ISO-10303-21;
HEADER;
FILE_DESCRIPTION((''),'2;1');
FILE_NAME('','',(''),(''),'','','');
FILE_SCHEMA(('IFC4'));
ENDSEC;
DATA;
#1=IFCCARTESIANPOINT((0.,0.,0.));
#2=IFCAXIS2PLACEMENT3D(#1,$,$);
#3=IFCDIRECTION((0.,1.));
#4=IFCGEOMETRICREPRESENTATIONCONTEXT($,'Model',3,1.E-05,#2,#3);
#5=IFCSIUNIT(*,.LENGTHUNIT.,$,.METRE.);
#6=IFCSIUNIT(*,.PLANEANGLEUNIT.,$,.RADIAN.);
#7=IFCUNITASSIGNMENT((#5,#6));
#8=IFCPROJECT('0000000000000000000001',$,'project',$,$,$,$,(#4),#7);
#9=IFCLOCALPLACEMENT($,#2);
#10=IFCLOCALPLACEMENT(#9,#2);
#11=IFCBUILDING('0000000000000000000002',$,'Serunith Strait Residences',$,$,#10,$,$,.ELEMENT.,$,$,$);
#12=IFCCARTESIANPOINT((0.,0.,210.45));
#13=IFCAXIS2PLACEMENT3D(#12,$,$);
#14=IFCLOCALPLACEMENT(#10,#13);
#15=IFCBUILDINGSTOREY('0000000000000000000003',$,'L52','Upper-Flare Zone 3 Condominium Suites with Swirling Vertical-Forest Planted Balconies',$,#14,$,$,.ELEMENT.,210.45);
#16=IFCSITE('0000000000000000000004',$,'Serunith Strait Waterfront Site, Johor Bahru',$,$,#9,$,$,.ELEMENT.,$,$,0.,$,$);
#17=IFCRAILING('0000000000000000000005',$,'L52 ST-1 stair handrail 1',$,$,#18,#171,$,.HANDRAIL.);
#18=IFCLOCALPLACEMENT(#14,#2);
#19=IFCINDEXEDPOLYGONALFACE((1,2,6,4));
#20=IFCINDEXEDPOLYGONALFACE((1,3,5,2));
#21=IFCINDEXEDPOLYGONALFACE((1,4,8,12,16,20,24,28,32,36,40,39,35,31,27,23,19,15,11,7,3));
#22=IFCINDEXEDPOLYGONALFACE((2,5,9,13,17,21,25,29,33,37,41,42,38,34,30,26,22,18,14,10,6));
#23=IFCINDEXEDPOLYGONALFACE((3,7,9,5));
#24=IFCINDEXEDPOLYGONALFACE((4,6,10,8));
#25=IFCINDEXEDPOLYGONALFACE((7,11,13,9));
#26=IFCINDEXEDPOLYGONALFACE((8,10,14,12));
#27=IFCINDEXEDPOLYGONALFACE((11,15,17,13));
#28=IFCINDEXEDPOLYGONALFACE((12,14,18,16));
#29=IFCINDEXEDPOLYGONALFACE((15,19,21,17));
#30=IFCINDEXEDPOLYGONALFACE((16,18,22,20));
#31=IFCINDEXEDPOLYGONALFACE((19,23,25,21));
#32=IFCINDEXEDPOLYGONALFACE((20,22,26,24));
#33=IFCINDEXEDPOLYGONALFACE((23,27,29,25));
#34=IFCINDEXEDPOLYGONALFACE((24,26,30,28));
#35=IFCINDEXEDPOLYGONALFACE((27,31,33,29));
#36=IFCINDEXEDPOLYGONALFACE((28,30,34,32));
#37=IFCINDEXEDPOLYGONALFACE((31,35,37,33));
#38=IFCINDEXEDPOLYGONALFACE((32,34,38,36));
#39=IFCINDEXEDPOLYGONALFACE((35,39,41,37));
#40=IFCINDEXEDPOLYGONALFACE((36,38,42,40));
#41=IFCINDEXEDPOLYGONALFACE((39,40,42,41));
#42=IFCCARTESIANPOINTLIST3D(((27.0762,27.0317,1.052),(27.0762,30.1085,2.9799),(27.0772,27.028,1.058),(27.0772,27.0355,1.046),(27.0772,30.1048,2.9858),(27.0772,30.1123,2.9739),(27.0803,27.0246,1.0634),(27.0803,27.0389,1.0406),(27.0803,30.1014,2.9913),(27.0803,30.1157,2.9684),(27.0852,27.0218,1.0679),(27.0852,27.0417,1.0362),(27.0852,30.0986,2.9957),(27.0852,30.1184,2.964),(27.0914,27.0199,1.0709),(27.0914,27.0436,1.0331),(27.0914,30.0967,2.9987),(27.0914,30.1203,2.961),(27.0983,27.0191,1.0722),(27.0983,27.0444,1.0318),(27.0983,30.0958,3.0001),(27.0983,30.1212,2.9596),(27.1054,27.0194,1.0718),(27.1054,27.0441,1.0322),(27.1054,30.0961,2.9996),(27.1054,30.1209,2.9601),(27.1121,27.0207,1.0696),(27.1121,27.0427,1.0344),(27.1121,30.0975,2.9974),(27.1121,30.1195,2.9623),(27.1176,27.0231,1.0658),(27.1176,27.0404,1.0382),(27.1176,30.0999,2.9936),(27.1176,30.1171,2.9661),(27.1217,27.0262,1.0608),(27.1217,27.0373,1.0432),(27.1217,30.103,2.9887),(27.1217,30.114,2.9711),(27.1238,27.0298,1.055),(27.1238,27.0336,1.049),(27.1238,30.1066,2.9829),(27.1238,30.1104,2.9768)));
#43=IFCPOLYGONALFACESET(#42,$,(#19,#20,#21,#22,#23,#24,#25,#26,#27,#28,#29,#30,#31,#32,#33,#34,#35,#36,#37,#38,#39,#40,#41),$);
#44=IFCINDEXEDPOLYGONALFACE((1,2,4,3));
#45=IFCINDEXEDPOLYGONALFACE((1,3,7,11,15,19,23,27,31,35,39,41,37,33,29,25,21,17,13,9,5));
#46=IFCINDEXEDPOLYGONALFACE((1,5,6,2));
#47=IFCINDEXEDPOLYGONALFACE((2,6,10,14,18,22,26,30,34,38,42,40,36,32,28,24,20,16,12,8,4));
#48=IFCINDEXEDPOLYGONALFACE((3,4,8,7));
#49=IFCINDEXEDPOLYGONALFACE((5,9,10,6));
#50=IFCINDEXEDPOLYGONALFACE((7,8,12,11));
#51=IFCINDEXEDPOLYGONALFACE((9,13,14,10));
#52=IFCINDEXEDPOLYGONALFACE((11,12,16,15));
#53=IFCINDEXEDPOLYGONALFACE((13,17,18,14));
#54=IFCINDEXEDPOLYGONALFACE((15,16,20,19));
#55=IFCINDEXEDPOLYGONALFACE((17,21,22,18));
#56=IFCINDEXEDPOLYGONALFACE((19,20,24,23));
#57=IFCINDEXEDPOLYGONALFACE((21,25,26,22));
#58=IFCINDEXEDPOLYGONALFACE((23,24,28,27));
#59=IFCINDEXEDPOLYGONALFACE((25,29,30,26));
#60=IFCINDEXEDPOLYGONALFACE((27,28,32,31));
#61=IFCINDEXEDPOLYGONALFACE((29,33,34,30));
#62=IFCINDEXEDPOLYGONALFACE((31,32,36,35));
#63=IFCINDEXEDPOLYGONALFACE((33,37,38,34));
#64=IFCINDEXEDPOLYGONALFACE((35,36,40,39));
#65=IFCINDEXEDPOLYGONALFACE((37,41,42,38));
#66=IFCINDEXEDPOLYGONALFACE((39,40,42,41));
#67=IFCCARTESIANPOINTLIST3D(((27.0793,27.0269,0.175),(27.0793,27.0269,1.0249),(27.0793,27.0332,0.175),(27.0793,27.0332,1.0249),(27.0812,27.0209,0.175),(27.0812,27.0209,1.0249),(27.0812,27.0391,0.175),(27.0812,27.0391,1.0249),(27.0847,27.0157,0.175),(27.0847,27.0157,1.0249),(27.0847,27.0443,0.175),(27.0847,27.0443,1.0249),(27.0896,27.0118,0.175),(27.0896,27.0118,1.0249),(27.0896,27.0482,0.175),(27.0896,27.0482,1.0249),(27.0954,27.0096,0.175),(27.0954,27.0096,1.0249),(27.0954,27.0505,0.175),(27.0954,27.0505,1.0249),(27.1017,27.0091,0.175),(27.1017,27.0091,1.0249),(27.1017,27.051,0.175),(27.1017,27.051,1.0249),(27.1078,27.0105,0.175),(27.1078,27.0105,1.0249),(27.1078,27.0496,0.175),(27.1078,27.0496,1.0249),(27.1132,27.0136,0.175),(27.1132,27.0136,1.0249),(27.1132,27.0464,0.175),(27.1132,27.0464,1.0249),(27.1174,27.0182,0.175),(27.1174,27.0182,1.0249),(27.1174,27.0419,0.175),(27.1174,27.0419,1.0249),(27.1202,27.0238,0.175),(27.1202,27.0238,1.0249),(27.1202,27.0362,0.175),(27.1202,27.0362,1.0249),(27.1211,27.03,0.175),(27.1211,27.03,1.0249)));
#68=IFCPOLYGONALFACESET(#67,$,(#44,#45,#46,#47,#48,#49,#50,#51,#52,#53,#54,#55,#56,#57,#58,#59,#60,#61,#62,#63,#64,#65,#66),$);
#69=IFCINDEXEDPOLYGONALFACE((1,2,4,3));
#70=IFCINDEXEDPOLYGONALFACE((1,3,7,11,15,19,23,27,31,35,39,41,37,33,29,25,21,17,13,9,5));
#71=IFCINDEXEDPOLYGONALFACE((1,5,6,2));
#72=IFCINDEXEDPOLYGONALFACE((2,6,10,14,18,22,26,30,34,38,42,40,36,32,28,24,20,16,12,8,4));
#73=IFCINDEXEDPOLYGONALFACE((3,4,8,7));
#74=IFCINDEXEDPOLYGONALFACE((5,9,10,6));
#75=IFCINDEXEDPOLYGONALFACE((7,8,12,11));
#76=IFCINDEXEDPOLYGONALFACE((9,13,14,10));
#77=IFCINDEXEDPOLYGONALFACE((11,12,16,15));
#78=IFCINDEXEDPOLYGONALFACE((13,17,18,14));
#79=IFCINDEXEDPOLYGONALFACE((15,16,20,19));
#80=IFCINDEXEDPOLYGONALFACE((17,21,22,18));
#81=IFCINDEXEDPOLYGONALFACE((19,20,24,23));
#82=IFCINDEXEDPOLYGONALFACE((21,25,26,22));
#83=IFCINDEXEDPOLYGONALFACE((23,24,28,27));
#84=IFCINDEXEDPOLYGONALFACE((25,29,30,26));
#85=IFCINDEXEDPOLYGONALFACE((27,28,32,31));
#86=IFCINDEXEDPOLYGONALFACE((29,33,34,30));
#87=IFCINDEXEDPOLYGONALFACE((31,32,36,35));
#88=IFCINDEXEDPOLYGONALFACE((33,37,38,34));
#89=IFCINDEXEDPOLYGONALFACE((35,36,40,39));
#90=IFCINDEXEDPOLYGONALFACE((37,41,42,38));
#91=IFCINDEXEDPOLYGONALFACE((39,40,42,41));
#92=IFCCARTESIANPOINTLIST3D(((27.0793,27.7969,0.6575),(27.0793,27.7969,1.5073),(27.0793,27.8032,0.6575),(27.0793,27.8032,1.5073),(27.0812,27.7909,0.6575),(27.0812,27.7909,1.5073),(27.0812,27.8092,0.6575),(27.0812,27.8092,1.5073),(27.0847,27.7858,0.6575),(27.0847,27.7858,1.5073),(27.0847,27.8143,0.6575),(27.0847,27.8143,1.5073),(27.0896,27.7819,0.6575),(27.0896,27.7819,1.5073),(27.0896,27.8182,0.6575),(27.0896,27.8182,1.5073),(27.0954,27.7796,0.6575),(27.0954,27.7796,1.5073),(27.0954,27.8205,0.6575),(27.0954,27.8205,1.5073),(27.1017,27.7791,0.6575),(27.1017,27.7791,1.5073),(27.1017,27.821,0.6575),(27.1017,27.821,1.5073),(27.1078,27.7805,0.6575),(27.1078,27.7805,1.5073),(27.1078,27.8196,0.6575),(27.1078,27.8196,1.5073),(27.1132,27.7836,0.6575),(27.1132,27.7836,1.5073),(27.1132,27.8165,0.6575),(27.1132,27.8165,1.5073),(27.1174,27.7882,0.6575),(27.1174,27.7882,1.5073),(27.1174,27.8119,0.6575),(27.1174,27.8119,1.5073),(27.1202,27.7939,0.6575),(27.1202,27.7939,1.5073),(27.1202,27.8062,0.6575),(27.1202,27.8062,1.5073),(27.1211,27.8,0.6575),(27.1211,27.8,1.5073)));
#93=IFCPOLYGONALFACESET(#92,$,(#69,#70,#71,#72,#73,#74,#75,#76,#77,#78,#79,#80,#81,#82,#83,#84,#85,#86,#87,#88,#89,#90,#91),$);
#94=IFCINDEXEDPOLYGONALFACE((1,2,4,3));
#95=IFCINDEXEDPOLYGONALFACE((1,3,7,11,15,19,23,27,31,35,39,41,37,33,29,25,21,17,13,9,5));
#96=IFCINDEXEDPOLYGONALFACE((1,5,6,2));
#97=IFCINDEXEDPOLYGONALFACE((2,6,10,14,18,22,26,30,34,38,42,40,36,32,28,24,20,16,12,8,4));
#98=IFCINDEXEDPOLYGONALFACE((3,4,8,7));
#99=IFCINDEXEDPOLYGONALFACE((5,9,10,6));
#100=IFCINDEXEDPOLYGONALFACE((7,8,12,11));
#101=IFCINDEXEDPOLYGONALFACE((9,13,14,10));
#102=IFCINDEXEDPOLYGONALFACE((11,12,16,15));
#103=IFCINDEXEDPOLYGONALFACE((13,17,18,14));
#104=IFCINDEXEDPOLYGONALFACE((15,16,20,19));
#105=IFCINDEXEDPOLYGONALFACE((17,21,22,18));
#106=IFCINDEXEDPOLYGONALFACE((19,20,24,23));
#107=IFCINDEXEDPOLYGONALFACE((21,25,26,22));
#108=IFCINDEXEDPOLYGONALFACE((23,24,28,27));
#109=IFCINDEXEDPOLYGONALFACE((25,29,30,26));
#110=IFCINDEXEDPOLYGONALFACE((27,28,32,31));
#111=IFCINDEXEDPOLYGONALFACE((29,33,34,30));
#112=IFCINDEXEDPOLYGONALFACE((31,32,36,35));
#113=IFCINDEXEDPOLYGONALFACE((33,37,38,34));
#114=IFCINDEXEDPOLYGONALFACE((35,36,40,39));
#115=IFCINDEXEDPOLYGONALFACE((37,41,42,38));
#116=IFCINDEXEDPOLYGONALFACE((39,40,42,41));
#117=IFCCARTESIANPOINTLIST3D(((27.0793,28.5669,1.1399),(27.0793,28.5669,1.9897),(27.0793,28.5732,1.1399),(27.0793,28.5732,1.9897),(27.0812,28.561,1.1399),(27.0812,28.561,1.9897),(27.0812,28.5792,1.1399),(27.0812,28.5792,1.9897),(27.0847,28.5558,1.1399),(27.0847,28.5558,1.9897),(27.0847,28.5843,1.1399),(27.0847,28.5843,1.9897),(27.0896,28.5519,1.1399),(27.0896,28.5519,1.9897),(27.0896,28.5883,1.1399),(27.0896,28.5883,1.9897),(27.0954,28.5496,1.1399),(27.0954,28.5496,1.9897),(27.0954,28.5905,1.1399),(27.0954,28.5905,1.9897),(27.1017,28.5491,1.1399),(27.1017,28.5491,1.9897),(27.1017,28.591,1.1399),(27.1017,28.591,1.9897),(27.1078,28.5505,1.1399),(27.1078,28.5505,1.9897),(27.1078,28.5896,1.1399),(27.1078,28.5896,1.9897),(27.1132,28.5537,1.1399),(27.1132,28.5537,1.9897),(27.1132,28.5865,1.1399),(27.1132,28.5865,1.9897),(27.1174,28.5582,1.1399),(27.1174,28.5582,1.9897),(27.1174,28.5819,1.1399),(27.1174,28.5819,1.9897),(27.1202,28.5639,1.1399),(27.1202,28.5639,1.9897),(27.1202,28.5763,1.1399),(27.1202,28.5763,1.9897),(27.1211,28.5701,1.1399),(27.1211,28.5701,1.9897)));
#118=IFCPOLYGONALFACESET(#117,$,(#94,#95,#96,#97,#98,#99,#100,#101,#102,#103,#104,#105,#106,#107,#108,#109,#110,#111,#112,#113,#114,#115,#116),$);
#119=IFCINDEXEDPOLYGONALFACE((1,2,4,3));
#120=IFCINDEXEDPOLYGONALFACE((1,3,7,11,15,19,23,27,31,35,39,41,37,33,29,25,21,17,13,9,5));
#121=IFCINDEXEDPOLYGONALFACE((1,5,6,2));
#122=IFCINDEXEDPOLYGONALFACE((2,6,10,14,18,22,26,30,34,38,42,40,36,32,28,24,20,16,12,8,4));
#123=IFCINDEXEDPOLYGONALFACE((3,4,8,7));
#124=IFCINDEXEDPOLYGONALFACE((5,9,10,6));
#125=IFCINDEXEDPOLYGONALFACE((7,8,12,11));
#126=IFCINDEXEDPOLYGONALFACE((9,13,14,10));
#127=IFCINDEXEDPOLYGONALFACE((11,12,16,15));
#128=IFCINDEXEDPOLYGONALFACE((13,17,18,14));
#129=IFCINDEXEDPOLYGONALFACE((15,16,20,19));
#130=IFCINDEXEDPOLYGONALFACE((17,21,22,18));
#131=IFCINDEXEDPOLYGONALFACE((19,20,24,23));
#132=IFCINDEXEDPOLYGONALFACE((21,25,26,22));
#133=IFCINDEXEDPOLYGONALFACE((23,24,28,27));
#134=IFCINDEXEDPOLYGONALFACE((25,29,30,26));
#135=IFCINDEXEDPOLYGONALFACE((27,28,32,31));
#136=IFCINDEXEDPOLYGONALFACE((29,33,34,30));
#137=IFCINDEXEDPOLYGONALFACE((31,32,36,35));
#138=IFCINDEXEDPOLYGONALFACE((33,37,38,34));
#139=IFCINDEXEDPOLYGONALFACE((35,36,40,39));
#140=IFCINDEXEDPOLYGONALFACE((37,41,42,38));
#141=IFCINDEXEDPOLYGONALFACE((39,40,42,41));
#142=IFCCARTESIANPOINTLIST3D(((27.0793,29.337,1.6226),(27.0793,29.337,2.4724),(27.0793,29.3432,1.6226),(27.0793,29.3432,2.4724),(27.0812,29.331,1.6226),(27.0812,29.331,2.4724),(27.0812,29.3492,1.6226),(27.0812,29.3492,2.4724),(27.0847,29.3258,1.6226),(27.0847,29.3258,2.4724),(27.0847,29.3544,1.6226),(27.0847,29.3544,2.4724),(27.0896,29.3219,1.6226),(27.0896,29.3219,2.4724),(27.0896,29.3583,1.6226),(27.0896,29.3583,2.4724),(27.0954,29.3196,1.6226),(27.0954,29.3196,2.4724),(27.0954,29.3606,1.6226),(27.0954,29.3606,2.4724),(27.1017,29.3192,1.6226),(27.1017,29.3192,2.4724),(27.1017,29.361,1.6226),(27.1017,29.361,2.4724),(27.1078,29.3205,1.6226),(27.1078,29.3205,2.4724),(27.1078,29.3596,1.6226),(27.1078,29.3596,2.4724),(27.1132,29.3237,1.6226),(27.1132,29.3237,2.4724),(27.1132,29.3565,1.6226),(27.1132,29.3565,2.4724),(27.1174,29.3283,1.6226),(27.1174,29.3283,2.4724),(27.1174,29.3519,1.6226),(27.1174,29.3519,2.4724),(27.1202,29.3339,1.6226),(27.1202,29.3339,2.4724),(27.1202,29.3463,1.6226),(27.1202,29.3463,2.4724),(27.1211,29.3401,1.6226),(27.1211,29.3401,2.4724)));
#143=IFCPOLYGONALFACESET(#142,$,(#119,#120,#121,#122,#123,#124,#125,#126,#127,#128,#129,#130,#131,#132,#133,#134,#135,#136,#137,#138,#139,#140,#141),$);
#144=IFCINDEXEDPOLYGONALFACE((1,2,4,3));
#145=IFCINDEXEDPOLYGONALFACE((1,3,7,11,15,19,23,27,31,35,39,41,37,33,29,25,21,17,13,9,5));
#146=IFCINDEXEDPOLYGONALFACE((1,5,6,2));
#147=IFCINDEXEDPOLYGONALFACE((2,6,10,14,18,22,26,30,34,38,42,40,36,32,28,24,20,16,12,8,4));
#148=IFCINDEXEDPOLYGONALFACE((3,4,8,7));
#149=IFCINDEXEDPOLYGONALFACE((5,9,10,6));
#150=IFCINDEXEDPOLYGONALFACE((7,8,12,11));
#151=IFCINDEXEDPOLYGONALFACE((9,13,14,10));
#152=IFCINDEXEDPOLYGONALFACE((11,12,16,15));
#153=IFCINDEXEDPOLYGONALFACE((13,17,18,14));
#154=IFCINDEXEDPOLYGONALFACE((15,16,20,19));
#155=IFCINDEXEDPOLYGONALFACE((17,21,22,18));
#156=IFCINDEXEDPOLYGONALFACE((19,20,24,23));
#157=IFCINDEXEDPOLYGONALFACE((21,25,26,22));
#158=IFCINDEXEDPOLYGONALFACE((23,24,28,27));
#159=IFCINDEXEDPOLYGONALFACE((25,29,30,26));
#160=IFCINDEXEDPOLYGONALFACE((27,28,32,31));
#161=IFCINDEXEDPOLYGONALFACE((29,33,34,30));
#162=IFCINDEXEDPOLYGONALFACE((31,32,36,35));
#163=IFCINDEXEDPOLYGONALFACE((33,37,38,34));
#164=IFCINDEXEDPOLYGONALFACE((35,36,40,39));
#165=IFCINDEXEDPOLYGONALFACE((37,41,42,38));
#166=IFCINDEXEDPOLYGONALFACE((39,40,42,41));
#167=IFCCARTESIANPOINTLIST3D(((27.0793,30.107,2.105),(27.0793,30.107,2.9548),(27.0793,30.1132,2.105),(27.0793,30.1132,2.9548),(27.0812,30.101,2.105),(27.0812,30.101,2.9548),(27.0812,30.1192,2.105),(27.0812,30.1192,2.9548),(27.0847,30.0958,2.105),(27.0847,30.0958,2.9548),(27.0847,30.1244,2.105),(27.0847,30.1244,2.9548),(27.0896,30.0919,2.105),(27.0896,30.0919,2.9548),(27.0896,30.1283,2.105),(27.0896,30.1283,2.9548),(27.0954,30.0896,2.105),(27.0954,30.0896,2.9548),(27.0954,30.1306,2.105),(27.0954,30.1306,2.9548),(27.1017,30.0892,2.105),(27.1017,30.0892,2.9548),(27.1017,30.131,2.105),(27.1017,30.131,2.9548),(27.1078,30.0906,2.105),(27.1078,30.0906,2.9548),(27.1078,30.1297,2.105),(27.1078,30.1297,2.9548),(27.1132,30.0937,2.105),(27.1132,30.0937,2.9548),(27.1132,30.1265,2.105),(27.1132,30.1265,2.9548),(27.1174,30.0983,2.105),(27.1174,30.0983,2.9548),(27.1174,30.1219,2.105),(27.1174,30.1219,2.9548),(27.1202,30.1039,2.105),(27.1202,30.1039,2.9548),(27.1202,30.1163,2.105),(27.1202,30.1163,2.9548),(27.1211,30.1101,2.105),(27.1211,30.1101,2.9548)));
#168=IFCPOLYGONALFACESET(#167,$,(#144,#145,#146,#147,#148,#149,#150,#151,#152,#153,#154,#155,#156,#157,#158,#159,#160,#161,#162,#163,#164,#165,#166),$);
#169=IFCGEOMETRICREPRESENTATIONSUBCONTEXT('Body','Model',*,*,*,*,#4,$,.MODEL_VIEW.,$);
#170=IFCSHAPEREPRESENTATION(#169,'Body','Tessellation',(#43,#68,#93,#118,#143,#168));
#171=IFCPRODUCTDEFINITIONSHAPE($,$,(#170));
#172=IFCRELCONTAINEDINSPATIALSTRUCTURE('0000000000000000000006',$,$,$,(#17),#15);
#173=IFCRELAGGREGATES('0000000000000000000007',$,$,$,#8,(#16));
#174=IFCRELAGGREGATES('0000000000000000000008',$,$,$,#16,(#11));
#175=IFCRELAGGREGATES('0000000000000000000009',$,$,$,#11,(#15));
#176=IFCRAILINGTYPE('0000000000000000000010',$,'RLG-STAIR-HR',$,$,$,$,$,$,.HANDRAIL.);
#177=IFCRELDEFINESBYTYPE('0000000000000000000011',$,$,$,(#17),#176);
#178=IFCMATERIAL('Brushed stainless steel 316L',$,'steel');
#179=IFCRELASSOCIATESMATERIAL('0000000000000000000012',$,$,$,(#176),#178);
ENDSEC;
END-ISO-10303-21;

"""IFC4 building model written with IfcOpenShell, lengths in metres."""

from ifc_helpers import new_model, si_unit, direction, frame, origin, origin_2d, place, context, subcontext, project, spatial, circle, extrude, material, type_object, element, save


model = new_model("IFC4")

# Units and contexts
model_context = context("Model", 3, precision=1e-05, world=origin(), true_north=direction((0.0, 1.0)))
body_context = subcontext(model_context, "Body", "Model", "MODEL_VIEW")
ifc_project = project(units=[si_unit("LENGTHUNIT", "METRE"), si_unit("PLANEANGLEUNIT", "RADIAN")], contexts=[model_context])

# Site, building, storey
site_placement = place(None, origin())
site = spatial("IfcSite", under=ifc_project, at=site_placement, Name="Serunith Strait Waterfront Site, Johor Bahru", CompositionType="ELEMENT", RefElevation=0.0)
building_placement = place(site_placement, origin())
building = spatial("IfcBuilding", under=site, at=building_placement, Name="Serunith Strait Residences", CompositionType="ELEMENT")
storey_placement = place(building_placement, frame((0.0, 0.0, 210.45)))
storey = spatial("IfcBuildingStorey", under=building, at=storey_placement, Name="L52", Description="Upper-Flare Zone 3 Condominium Suites with Swirling Vertical-Forest Planted Balconies", CompositionType="ELEMENT", Elevation=210.45)

# Railing
ifc_material_1 = material(Name="Brushed stainless steel 316L", Category="steel")
railing_type_1 = type_object("IfcRailingType", Name="RLG-STAIR-HR", PredefinedType="HANDRAIL", material=ifc_material_1)
railing_1_placement = place(storey_placement, frame((27.1001, 27.03, 0.175)))
element("IfcRailing", 1, at=railing_1_placement, inside=storey, type_object=railing_type_1, Name="L52 ST-1 stair handrail 1", PredefinedType="HANDRAIL", context=body_context, shape_type="SweptSolid", body=[
    extrude(circle(Radius=0.0239, at=origin_2d()), frame((0.0, 0.0017, 0.877), z_axis=(0.0, 0.847394, 0.530965), x_axis=(-1.0, 0.0, 0.0)), (0.0, 0.0, 1.0), 3.6309),
    extrude(circle(Radius=0.021, at=origin_2d()), origin(), (0.0, 0.0, 1.0), 0.8499),
    extrude(circle(Radius=0.021, at=origin_2d()), frame((0.0, 0.77, 0.4824)), (0.0, 0.0, 1.0), 0.8499),
    extrude(circle(Radius=0.021, at=origin_2d()), frame((0.0, 1.54, 0.9648)), (0.0, 0.0, 1.0), 0.8499),
    extrude(circle(Radius=0.021, at=origin_2d()), frame((0.0, 2.3101, 1.4475)), (0.0, 0.0, 1.0), 0.8499),
    extrude(circle(Radius=0.021, at=origin_2d()), frame((0.0, 3.0801, 1.9299)), (0.0, 0.0, 1.0), 0.8499),
])

save(model, "model.ifc")
